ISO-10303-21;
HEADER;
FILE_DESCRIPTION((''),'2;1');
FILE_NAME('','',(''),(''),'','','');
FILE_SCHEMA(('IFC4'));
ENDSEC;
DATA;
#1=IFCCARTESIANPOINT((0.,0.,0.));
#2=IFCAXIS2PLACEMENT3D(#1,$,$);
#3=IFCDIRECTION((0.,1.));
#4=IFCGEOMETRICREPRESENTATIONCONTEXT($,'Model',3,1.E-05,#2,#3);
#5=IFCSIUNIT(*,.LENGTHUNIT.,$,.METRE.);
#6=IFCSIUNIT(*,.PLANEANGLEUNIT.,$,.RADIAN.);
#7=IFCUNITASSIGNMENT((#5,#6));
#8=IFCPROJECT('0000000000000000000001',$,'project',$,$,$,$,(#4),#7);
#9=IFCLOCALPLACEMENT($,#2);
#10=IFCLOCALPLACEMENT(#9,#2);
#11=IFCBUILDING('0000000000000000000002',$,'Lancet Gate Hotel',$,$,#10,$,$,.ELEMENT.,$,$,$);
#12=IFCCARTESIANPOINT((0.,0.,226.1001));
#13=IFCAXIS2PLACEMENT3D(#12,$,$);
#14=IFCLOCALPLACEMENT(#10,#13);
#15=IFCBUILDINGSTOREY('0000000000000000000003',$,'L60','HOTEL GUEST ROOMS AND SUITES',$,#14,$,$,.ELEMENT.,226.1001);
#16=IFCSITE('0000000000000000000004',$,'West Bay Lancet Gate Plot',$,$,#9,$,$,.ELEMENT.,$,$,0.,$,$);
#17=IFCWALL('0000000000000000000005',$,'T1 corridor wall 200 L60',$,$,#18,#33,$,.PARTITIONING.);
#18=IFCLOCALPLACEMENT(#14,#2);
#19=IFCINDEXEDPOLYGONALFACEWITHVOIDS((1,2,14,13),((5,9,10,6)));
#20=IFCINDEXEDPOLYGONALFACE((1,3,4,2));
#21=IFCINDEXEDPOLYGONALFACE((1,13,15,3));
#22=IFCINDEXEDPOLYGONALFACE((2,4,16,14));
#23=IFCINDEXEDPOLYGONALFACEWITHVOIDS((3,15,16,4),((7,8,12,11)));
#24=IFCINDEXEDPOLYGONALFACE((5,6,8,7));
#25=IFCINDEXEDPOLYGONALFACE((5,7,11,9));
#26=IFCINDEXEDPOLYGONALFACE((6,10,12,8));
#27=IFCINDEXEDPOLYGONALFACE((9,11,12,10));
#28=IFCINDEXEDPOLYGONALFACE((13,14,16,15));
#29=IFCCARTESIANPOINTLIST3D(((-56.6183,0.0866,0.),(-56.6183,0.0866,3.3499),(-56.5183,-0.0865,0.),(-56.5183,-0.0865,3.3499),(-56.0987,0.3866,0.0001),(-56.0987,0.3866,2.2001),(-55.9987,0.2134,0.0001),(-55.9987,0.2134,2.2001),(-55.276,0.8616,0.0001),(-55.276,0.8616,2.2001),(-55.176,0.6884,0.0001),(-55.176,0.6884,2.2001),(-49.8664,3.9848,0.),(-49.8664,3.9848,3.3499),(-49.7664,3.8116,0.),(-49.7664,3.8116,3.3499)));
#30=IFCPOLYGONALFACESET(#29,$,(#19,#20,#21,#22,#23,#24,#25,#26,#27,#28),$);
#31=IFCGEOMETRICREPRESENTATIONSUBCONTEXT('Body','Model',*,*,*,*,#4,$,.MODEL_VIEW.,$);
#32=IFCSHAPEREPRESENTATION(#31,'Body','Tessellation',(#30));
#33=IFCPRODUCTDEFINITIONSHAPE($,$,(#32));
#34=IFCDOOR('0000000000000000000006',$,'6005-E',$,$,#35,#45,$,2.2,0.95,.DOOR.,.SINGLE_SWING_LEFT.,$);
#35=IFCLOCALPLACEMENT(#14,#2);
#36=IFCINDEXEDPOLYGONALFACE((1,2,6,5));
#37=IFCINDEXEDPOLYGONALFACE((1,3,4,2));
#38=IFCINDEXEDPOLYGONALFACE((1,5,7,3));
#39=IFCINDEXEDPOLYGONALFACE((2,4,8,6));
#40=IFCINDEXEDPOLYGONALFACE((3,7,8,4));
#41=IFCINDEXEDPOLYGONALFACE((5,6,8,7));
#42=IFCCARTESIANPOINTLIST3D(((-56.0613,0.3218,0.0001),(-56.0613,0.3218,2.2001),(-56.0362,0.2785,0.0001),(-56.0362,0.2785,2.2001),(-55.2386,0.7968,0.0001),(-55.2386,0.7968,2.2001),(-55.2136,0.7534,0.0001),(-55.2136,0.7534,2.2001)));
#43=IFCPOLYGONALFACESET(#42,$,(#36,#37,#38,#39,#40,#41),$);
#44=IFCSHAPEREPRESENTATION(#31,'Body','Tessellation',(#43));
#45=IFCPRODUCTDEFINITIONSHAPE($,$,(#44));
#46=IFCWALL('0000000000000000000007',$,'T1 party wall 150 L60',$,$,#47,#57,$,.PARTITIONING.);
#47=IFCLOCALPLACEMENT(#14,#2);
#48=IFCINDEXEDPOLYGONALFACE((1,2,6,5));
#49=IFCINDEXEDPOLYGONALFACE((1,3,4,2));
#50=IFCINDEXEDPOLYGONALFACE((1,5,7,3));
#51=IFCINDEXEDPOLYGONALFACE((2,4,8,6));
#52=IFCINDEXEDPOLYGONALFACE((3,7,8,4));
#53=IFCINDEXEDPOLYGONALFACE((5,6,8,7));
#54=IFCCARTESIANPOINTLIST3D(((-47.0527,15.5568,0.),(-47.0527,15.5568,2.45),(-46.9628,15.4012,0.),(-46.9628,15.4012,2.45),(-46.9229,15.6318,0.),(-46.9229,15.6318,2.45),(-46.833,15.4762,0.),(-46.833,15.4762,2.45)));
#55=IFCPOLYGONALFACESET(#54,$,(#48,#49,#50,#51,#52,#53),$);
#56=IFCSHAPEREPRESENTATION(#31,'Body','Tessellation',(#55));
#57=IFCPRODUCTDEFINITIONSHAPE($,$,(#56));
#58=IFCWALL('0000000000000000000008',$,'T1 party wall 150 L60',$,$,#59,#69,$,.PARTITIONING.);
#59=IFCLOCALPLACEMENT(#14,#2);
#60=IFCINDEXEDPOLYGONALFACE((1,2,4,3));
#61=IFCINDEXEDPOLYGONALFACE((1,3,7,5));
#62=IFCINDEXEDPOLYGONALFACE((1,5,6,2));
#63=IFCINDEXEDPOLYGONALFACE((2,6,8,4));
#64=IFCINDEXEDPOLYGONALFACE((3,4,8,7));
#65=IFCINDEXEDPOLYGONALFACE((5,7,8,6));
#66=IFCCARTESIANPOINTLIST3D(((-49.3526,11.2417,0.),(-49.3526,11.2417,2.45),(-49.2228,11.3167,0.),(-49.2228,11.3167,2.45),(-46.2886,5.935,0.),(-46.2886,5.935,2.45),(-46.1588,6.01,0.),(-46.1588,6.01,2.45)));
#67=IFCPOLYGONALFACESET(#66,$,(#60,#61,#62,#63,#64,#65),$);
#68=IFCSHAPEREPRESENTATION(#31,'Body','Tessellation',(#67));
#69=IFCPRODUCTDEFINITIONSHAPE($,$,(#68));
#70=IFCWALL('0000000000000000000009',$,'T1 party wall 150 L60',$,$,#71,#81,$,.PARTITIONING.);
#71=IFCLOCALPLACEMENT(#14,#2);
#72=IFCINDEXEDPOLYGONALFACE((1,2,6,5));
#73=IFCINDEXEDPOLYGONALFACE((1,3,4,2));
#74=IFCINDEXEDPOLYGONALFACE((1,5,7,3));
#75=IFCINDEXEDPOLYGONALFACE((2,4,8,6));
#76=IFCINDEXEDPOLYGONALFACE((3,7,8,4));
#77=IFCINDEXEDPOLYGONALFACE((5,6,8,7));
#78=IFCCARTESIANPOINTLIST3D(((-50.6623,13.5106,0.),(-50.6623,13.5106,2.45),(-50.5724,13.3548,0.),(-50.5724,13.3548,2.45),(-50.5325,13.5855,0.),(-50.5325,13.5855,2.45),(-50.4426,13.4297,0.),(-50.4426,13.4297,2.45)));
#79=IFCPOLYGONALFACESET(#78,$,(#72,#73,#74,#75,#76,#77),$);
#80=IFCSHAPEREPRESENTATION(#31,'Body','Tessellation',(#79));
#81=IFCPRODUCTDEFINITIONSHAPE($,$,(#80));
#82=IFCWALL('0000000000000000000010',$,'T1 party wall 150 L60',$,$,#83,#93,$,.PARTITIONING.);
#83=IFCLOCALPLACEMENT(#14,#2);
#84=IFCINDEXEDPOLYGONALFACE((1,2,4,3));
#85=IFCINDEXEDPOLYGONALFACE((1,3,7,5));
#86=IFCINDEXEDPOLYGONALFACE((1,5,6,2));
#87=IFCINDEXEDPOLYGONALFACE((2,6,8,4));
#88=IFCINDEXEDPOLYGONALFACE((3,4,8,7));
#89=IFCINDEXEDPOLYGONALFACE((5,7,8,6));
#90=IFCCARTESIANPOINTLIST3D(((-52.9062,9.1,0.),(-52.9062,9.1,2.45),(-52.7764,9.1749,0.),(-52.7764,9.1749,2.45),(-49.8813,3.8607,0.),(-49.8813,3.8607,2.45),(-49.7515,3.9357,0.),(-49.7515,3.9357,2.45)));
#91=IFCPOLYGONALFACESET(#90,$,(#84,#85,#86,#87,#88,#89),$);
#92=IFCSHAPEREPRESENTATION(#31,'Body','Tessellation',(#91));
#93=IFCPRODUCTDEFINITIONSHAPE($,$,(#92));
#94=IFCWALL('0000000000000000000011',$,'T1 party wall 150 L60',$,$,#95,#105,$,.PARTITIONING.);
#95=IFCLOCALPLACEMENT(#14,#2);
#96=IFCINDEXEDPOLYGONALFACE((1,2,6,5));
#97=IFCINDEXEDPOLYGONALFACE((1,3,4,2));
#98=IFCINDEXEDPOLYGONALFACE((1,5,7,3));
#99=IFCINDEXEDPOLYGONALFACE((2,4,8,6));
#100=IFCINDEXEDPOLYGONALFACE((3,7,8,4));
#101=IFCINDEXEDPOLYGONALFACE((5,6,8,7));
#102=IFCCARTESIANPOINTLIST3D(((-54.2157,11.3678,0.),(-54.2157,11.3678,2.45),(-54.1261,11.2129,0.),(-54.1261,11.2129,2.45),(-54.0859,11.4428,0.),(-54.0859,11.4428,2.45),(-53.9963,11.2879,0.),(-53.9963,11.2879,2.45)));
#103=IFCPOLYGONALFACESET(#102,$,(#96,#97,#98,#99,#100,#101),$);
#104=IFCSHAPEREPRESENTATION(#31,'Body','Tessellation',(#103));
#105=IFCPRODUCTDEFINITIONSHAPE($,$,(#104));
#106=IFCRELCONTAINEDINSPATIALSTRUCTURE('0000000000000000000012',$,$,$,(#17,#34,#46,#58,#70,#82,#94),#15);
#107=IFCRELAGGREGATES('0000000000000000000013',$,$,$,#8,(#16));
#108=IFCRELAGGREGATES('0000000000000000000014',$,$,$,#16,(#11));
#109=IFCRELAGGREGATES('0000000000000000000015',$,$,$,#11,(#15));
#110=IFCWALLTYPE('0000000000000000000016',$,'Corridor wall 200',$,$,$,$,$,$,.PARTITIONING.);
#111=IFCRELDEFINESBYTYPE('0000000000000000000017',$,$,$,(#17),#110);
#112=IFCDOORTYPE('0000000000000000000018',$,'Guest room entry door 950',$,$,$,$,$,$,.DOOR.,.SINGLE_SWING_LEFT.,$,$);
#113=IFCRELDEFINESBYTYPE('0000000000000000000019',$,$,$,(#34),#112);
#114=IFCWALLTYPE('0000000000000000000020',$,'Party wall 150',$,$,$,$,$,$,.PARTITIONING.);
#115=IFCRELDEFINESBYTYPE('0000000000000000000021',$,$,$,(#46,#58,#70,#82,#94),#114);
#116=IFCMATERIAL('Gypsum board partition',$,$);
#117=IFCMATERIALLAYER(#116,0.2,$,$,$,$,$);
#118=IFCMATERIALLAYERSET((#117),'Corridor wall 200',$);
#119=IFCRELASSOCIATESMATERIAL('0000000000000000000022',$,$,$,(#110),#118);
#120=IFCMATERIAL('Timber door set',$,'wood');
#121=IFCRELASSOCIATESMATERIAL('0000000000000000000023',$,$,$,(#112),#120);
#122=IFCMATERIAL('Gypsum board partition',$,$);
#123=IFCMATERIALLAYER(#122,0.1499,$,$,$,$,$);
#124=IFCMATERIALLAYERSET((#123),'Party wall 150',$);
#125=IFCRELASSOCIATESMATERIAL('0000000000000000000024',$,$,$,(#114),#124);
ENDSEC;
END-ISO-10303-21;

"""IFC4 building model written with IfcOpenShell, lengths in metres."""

from ifc_helpers import new_model, si_unit, direction, frame, frame_2d, origin, place, context, subcontext, project, spatial, rectangle, extrude, material, layer, layer_set, type_object, element, fill, save


model = new_model("IFC4")

# Units and contexts
model_context = context("Model", 3, precision=1e-05, world=origin(), true_north=direction((0.0, 1.0)))
body_context = subcontext(model_context, "Body", "Model", "MODEL_VIEW")
ifc_project = project(units=[si_unit("LENGTHUNIT", "METRE"), si_unit("PLANEANGLEUNIT", "RADIAN")], contexts=[model_context])

# Site, building, storey
site_placement = place(None, origin())
site = spatial("IfcSite", under=ifc_project, at=site_placement, Name="West Bay Lancet Gate Plot", CompositionType="ELEMENT", RefElevation=0.0)
building_placement = place(site_placement, origin())
building = spatial("IfcBuilding", under=site, at=building_placement, Name="Lancet Gate Hotel", CompositionType="ELEMENT")
storey_placement = place(building_placement, frame((0.0, 0.0, 226.1001)))
storey = spatial("IfcBuildingStorey", under=building, at=storey_placement, Name="L60", Description="HOTEL GUEST ROOMS AND SUITES", CompositionType="ELEMENT", Elevation=226.1001)

# Wall, opening, door
ifc_material_1 = material(Name="Gypsum board partition")
ifc_layer_1 = layer(ifc_material_1, 0.2)
ifc_layer_set_1 = layer_set([ifc_layer_1], Name="Corridor wall 200")
wall_type_1 = type_object("IfcWallType", Name="Corridor wall 200", PredefinedType="PARTITIONING", material=ifc_layer_set_1)
wall_1_placement = place(storey_placement, frame((-49.8164, 3.8982, 0.0), z_axis=(0.0, 0.0, 1.0), x_axis=(-0.866028, -0.499995, 0.0)))
wall_1 = element("IfcWall", 1, at=wall_1_placement, inside=storey, type_object=wall_type_1, Name="T1 corridor wall 200 L60", PredefinedType="PARTITIONING", context=body_context, shape_type="SweptSolid", body=[
    extrude(rectangle(XDim=7.7964, YDim=0.2, at=frame_2d((3.8982, 0.0))), origin(), (0.0, 0.0, 1.0), 3.3499),
])
opening_placement = place(wall_1_placement, frame((6.2463, 0.0, 0.0)))
opening = element("IfcOpeningElement", 2, at=opening_placement, cuts=wall_1, PredefinedType="OPENING", context=body_context, shape_type="SweptSolid", body=[
    extrude(rectangle(XDim=0.95, YDim=2.2, at=frame_2d((0.4751, 1.1001))), frame((0.0, 0.1099, 0.0), z_axis=(0.0, -1.0, 0.0), x_axis=(1.0, 0.0, 0.0)), (0.0, 0.0, 1.0), 0.22),
])
ifc_material_2 = material(Name="Timber door set", Category="wood")
door_type = type_object("IfcDoorType", Name="Guest room entry door 950", OperationType="SINGLE_SWING_LEFT", PredefinedType="DOOR", material=ifc_material_2)
door_placement = place(opening_placement, origin())
door = element("IfcDoor", 3, at=door_placement, inside=storey, type_object=door_type, Name="6005-E", OperationType="SINGLE_SWING_LEFT", OverallHeight=2.2, OverallWidth=0.95, PredefinedType="DOOR", context=body_context, shape_type="SweptSolid", body=[
    extrude(rectangle(XDim=0.95, YDim=2.2, at=frame_2d((0.4751, 1.1001))), frame((0.0, 0.0249, 0.0), z_axis=(0.0, -1.0, 0.0), x_axis=(1.0, 0.0, 0.0)), (0.0, 0.0, 1.0), 0.05),
])
fill(opening, door)

# Walls
ifc_material_3 = material(Name="Gypsum board partition")
ifc_layer_2 = layer(ifc_material_3, 0.1499)
ifc_layer_set_2 = layer_set([ifc_layer_2], Name="Party wall 150")
wall_type_2 = type_object("IfcWallType", Name="Party wall 150", PredefinedType="PARTITIONING", material=ifc_layer_set_2)
wall_2_placement = place(storey_placement, frame((-46.8979, 15.4387, 0.0), z_axis=(0.0, 0.0, 1.0), x_axis=(-0.500232, 0.865891, 0.0)))
element("IfcWall", 4, at=wall_2_placement, inside=storey, type_object=wall_type_2, Name="T1 party wall 150 L60", PredefinedType="PARTITIONING", context=body_context, shape_type="SweptSolid", body=[
    extrude(rectangle(XDim=0.1797, YDim=0.1499, at=frame_2d((0.0898, 0.0))), origin(), (0.0, 0.0, 1.0), 2.45),
])
wall_3_placement = place(storey_placement, frame((-46.2236, 5.9724, 0.0), z_axis=(0.0, 0.0, 1.0), x_axis=(-0.500021, 0.866013, 0.0)))
element("IfcWall", 5, at=wall_3_placement, inside=storey, type_object=wall_type_2, Name="T1 party wall 150 L60", PredefinedType="PARTITIONING", context=body_context, shape_type="SweptSolid", body=[
    extrude(rectangle(XDim=6.1277, YDim=0.1499, at=frame_2d((3.064, 0.0))), origin(), (0.0, 0.0, 1.0), 2.45),
])
wall_4_placement = place(storey_placement, frame((-50.5076, 13.3923, 0.0), z_axis=(0.0, 0.0, 1.0), x_axis=(-0.499644, 0.866231, 0.0)))
element("IfcWall", 6, at=wall_4_placement, inside=storey, type_object=wall_type_2, Name="T1 party wall 150 L60", PredefinedType="PARTITIONING", context=body_context, shape_type="SweptSolid", body=[
    extrude(rectangle(XDim=0.1799, YDim=0.1499, at=frame_2d((0.0898, 0.0))), origin(), (0.0, 0.0, 1.0), 2.45),
])
wall_5_placement = place(storey_placement, frame((-49.8164, 3.8982, 0.0), z_axis=(0.0, 0.0, 1.0), x_axis=(-0.500002, 0.866024, 0.0)))
element("IfcWall", 7, at=wall_5_placement, inside=storey, type_object=wall_type_2, Name="T1 party wall 150 L60", PredefinedType="PARTITIONING", context=body_context, shape_type="SweptSolid", body=[
    extrude(rectangle(XDim=6.0498, YDim=0.1499, at=frame_2d((3.0249, 0.0))), origin(), (0.0, 0.0, 1.0), 2.45),
])
wall_6_placement = place(storey_placement, frame((-54.0613, 11.2505, 0.0), z_axis=(0.0, 0.0, 1.0), x_axis=(-0.500391, 0.865799, 0.0)))
element("IfcWall", 8, at=wall_6_placement, inside=storey, type_object=wall_type_2, Name="T1 party wall 150 L60", PredefinedType="PARTITIONING", context=body_context, shape_type="SweptSolid", body=[
    extrude(rectangle(XDim=0.179, YDim=0.1499, at=frame_2d((0.0894, 0.0))), origin(), (0.0, 0.0, 1.0), 2.45),
])

save(model, "model.ifc")
